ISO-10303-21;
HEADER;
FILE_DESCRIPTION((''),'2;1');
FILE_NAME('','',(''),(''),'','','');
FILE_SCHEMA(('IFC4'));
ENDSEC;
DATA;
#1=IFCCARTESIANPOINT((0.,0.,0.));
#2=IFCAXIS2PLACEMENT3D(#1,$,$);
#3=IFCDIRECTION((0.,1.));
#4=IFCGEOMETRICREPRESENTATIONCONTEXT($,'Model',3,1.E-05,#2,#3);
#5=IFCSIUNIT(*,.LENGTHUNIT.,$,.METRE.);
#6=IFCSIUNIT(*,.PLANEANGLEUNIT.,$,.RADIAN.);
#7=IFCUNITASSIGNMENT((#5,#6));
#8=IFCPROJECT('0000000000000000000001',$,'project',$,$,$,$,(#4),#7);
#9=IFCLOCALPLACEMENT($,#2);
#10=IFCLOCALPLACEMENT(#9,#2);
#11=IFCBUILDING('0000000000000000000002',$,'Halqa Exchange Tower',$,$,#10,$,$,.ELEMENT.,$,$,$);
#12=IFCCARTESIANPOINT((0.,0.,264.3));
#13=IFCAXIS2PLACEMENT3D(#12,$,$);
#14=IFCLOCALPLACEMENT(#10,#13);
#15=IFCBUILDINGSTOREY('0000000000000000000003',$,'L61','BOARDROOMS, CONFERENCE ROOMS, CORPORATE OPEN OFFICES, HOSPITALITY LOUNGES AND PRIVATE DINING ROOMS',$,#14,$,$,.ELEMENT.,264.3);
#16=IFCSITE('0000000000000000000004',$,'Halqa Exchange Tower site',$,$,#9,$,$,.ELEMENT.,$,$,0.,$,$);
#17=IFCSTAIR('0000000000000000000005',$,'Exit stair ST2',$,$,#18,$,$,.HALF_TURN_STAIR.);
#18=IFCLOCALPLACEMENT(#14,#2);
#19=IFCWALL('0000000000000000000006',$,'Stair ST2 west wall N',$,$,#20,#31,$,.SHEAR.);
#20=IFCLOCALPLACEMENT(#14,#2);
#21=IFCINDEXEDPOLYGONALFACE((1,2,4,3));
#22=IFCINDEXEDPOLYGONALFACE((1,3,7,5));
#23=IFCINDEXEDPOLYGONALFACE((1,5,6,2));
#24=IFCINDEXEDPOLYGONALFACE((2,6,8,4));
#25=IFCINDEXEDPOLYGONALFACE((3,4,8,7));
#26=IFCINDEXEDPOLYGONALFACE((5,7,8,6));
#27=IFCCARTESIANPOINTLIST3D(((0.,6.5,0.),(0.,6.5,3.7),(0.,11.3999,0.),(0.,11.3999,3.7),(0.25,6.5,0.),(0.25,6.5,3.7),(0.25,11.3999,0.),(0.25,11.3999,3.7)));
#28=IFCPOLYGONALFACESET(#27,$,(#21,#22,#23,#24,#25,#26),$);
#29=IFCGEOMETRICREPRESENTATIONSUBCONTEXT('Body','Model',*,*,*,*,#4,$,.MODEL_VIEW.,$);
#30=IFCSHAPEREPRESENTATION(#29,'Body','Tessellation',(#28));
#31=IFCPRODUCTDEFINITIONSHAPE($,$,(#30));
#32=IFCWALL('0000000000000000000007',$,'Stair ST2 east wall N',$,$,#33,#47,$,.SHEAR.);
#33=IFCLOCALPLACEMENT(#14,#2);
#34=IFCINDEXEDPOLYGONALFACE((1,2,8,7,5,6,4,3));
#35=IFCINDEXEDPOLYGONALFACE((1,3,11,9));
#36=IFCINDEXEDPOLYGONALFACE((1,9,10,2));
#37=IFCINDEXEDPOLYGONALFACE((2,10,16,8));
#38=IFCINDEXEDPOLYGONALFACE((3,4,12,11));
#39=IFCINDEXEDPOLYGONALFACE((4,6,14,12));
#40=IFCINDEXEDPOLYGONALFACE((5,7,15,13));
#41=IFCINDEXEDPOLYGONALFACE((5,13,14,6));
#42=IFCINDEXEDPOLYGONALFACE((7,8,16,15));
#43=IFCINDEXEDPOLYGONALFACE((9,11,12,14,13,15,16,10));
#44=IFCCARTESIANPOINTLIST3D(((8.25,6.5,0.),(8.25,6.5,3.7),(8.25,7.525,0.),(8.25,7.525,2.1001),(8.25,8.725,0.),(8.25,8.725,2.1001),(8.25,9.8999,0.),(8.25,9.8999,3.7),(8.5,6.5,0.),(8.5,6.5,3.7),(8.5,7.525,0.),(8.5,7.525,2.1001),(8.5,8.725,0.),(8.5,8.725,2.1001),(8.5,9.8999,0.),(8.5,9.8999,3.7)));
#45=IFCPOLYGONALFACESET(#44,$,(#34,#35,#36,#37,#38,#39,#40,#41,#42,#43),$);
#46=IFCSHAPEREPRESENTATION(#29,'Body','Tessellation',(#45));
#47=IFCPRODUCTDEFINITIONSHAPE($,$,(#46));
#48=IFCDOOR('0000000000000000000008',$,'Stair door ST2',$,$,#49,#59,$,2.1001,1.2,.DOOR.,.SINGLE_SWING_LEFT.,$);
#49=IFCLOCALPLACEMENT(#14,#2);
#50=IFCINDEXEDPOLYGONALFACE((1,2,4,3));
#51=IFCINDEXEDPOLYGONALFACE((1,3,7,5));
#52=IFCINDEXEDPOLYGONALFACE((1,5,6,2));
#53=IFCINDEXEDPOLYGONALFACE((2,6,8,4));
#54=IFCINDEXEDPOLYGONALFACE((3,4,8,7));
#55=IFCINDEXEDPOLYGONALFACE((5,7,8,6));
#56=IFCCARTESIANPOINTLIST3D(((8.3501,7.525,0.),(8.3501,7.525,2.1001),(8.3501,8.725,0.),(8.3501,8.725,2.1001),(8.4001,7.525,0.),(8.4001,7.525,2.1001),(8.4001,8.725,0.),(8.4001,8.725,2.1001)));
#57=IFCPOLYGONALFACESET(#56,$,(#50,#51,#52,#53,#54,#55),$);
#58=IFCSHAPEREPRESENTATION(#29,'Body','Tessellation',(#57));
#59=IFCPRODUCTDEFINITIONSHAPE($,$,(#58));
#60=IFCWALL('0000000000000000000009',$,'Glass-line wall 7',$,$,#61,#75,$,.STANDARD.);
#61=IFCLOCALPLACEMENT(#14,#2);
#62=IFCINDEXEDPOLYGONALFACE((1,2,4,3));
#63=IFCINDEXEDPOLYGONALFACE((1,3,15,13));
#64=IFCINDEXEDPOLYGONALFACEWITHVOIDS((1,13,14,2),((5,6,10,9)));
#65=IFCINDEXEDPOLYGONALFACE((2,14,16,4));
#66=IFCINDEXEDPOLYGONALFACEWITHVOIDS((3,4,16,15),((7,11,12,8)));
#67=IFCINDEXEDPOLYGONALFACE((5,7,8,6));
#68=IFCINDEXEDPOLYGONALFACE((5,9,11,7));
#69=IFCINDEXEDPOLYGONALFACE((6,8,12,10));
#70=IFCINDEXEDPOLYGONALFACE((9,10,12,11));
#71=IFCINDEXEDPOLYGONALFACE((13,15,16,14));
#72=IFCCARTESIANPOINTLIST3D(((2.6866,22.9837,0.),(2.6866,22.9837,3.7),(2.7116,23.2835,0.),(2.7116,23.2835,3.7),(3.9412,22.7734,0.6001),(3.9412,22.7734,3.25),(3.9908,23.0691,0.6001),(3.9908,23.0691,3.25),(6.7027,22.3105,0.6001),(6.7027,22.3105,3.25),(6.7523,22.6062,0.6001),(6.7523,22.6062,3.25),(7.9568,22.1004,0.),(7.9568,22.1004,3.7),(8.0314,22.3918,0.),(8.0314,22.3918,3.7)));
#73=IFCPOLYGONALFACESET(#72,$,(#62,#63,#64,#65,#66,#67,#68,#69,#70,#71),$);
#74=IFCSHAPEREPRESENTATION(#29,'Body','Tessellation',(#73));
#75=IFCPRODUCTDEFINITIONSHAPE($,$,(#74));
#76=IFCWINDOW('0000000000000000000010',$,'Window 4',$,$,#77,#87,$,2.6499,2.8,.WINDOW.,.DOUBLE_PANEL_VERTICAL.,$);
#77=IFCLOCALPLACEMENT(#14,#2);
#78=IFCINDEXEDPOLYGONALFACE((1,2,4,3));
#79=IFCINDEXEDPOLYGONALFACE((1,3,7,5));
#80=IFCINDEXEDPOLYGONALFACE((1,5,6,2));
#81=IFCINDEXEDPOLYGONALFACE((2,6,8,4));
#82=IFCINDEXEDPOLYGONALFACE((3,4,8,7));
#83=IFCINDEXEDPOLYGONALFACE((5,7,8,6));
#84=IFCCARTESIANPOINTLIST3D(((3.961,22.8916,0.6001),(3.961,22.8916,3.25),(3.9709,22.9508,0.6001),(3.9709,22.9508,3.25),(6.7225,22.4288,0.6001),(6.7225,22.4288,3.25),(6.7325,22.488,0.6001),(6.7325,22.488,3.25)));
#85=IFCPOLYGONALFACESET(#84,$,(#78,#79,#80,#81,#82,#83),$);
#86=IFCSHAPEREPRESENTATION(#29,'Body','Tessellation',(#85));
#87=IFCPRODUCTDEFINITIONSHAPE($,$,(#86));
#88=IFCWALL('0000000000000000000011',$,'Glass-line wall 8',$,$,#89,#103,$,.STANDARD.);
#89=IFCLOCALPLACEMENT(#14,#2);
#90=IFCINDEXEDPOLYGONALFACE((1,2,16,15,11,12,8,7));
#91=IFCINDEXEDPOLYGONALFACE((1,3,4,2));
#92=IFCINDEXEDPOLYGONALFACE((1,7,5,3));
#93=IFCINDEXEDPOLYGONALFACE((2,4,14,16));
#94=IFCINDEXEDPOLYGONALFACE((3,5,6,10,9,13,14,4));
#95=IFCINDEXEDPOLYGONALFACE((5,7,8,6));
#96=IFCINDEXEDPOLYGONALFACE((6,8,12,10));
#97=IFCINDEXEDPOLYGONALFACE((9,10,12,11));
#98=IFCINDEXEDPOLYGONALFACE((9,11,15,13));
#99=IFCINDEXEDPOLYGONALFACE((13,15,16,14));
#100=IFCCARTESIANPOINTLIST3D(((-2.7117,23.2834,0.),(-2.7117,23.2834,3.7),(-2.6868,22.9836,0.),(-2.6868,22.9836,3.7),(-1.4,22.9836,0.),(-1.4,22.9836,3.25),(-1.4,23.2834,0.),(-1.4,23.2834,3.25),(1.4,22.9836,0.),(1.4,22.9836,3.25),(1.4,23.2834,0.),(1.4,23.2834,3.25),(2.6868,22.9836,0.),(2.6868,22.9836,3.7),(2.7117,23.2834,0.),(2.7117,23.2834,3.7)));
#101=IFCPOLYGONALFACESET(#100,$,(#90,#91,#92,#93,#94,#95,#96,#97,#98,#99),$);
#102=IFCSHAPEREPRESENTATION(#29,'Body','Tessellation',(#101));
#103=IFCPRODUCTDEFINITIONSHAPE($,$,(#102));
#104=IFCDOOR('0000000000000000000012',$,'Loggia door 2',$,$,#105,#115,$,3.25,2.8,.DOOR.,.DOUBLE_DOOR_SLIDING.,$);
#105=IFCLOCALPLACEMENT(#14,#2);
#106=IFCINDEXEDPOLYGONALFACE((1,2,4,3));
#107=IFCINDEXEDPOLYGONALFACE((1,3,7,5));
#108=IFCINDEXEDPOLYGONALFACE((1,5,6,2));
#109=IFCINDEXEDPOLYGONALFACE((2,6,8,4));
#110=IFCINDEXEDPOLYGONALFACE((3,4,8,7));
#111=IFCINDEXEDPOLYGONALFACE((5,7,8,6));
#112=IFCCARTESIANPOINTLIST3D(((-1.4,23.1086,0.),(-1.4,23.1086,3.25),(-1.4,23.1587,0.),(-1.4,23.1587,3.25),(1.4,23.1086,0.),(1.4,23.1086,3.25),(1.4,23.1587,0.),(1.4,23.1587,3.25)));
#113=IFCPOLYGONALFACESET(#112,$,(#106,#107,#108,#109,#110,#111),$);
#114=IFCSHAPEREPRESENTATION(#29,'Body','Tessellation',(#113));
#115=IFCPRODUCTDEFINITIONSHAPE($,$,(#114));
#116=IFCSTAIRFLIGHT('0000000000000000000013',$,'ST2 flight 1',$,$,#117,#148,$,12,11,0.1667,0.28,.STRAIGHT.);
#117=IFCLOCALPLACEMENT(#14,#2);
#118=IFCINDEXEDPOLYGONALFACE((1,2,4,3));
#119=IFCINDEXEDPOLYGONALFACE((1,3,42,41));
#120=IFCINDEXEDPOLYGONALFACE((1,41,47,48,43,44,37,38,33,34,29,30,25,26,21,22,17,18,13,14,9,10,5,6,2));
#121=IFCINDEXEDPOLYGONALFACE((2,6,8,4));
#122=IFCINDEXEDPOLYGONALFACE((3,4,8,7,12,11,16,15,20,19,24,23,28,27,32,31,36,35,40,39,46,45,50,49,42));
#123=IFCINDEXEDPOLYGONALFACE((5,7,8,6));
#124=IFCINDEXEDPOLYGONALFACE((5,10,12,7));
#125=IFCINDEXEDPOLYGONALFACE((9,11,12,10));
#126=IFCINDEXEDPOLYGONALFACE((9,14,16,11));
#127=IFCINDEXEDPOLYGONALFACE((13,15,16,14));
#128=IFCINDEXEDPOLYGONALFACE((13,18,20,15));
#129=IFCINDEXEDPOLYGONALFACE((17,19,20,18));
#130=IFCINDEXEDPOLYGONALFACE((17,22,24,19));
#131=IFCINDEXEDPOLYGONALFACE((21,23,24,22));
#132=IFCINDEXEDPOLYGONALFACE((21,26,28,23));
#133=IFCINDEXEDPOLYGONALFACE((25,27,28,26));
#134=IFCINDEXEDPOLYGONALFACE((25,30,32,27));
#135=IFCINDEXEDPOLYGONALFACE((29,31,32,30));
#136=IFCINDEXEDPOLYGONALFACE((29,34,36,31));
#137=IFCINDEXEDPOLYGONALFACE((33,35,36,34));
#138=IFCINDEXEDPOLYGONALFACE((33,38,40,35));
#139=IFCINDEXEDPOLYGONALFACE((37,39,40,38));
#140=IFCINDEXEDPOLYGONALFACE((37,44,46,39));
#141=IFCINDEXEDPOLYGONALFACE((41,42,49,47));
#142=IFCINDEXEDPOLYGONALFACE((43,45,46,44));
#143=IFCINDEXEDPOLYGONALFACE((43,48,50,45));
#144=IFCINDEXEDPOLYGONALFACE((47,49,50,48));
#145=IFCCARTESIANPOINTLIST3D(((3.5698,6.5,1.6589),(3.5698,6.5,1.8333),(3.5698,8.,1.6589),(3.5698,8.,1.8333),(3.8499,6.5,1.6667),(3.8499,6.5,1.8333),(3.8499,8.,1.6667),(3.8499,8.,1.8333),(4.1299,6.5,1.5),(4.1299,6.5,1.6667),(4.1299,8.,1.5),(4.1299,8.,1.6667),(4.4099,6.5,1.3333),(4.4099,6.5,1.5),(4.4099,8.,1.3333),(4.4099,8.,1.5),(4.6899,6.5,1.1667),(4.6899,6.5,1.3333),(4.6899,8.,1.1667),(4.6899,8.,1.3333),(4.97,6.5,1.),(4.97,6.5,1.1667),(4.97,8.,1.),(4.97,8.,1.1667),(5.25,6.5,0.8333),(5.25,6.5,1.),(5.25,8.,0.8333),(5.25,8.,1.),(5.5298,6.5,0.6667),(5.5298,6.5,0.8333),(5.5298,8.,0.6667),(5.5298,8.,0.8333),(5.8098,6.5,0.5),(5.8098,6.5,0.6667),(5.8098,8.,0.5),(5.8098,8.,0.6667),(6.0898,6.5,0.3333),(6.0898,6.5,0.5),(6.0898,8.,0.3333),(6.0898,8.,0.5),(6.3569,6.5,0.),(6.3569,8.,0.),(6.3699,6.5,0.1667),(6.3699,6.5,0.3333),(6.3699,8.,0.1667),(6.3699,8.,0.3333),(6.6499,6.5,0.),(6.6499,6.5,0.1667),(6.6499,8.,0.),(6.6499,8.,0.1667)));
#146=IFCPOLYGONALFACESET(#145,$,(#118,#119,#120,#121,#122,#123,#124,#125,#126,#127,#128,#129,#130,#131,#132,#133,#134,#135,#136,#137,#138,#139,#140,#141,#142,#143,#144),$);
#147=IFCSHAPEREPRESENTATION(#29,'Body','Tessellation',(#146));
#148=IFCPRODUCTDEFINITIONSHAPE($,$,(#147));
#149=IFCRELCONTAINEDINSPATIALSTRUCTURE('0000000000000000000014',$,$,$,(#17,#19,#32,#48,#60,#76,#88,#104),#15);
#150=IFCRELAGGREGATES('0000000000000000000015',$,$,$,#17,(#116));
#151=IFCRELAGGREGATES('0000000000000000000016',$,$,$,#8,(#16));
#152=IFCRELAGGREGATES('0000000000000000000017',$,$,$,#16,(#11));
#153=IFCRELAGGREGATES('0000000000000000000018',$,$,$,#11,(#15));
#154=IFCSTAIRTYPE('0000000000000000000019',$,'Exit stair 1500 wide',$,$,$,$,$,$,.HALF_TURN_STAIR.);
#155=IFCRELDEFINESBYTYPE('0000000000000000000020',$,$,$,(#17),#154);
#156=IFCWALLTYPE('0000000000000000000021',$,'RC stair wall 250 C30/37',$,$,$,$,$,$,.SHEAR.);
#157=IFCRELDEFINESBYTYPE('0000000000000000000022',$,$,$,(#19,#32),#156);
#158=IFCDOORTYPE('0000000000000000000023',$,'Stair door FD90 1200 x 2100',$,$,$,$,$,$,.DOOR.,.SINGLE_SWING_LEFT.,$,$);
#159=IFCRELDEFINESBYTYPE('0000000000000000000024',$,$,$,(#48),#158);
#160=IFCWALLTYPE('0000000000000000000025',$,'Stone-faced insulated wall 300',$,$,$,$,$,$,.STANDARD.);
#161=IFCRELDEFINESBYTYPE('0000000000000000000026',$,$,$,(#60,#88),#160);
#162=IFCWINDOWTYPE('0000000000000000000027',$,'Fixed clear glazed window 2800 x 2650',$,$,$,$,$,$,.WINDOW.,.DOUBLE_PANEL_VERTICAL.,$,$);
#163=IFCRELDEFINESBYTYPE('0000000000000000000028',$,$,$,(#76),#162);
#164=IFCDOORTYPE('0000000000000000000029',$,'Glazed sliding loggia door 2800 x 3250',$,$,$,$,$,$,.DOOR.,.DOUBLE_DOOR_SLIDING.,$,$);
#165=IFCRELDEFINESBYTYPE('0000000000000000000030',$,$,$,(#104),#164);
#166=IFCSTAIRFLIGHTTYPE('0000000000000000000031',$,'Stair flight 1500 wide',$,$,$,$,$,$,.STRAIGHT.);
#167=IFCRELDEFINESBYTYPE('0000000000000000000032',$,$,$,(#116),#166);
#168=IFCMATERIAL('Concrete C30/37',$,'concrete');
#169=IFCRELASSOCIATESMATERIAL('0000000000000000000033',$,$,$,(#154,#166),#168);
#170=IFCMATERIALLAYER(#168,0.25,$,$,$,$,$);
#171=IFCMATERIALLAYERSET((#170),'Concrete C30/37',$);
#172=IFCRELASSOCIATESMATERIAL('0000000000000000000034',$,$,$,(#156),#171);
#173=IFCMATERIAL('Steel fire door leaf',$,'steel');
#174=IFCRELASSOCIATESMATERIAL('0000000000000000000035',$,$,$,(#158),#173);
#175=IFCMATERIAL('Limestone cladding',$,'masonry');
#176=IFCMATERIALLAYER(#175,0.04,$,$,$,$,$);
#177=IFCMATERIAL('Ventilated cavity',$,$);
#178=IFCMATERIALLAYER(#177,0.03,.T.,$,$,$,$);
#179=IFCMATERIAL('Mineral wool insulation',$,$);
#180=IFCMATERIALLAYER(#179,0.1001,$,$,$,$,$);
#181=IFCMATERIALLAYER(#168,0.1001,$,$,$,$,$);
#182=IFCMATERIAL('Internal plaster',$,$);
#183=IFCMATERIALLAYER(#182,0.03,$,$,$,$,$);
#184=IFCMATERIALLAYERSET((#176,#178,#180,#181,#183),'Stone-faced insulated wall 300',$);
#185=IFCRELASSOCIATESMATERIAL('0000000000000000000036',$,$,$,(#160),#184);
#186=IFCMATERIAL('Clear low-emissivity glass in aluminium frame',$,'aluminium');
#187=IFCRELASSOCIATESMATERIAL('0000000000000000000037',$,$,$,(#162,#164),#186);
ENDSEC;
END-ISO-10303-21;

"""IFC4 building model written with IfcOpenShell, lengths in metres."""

from ifc_helpers import new_model, si_unit, direction, frame, frame_2d, origin, place, context, subcontext, project, spatial, polyline, rectangle, outline, extrude, material, layer, layer_set, type_object, element, fill, aggregate, save


model = new_model("IFC4")

# Units and contexts
model_context = context("Model", 3, precision=1e-05, world=origin(), true_north=direction((0.0, 1.0)))
body_context = subcontext(model_context, "Body", "Model", "MODEL_VIEW")
ifc_project = project(units=[si_unit("LENGTHUNIT", "METRE"), si_unit("PLANEANGLEUNIT", "RADIAN")], contexts=[model_context])

# Site, building, storey
site_placement = place(None, origin())
site = spatial("IfcSite", under=ifc_project, at=site_placement, Name="Halqa Exchange Tower site", CompositionType="ELEMENT", RefElevation=0.0)
building_placement = place(site_placement, origin())
building = spatial("IfcBuilding", under=site, at=building_placement, Name="Halqa Exchange Tower", CompositionType="ELEMENT")
storey_placement = place(building_placement, frame((0.0, 0.0, 264.3)))
storey = spatial("IfcBuildingStorey", under=building, at=storey_placement, Name="L61", Description="BOARDROOMS, CONFERENCE ROOMS, CORPORATE OPEN OFFICES, HOSPITALITY LOUNGES AND PRIVATE DINING ROOMS", CompositionType="ELEMENT", Elevation=264.3)

# Stair
ifc_material_1 = material(Name="Concrete C30/37", Category="concrete")
stair_type = type_object("IfcStairType", Name="Exit stair 1500 wide", PredefinedType="HALF_TURN_STAIR", material=ifc_material_1)
stair_1_placement = place(storey_placement, origin())
stair_1 = element("IfcStair", 1, at=stair_1_placement, inside=storey, type_object=stair_type, Name="Exit stair ST2", PredefinedType="HALF_TURN_STAIR")

# Wall
ifc_layer_1 = layer(ifc_material_1, 0.25)
ifc_layer_set_1 = layer_set([ifc_layer_1], Name="Concrete C30/37")
wall_type_1 = type_object("IfcWallType", Name="RC stair wall 250 C30/37", PredefinedType="SHEAR", material=ifc_layer_set_1)
wall_1_placement = place(storey_placement, frame((0.125, 6.5, 0.0), z_axis=(0.0, 0.0, 1.0), x_axis=(0.0, 1.0, 0.0)))
element("IfcWall", 2, at=wall_1_placement, inside=storey, type_object=wall_type_1, Name="Stair ST2 west wall N", PredefinedType="SHEAR", context=body_context, shape_type="SweptSolid", body=[
    extrude(rectangle(XDim=4.8999, YDim=0.25, at=frame_2d((2.45, 0.0))), origin(), (0.0, 0.0, 1.0), 3.7),
])

# Wall, opening, door
wall_2_placement = place(storey_placement, frame((8.375, 6.5, 0.0), z_axis=(0.0, 0.0, 1.0), x_axis=(0.0, 1.0, 0.0)))
wall_2 = element("IfcWall", 3, at=wall_2_placement, inside=storey, type_object=wall_type_1, Name="Stair ST2 east wall N", PredefinedType="SHEAR", context=body_context, shape_type="SweptSolid", body=[
    extrude(rectangle(XDim=3.3999, YDim=0.25, at=frame_2d((1.7, 0.0))), origin(), (0.0, 0.0, 1.0), 3.7),
])
opening_1_placement = place(wall_2_placement, frame((1.0249, 0.0, 0.0)))
opening_1 = element("IfcOpeningElement", 4, at=opening_1_placement, cuts=wall_2, PredefinedType="OPENING", context=body_context, shape_type="SweptSolid", body=[
    extrude(rectangle(XDim=1.2, YDim=2.1001, at=frame_2d((0.6001, 1.05))), frame((0.0, 0.137, 0.0), z_axis=(0.0, -1.0, 0.0), x_axis=(1.0, 0.0, 0.0)), (0.0, 0.0, 1.0), 0.2739),
])
ifc_material_2 = material(Name="Steel fire door leaf", Category="steel")
door_type_1 = type_object("IfcDoorType", Name="Stair door FD90 1200 x 2100", OperationType="SINGLE_SWING_LEFT", PredefinedType="DOOR", material=ifc_material_2)
door_1_placement = place(opening_1_placement, origin())
door_1 = element("IfcDoor", 5, at=door_1_placement, inside=storey, type_object=door_type_1, Name="Stair door ST2", OperationType="SINGLE_SWING_LEFT", OverallHeight=2.1001, OverallWidth=1.2, PredefinedType="DOOR", context=body_context, shape_type="SweptSolid", body=[
    extrude(rectangle(XDim=1.2, YDim=2.1001, at=frame_2d((0.6001, 1.05))), frame((0.0, 0.0249, 0.0), z_axis=(0.0, -1.0, 0.0), x_axis=(1.0, 0.0, 0.0)), (0.0, 0.0, 1.0), 0.05),
])
fill(opening_1, door_1)

# Wall, opening, window
ifc_material_3 = material(Name="Limestone cladding", Category="masonry")
ifc_layer_2 = layer(ifc_material_3, 0.04)
ifc_material_4 = material(Name="Ventilated cavity")
ifc_layer_3 = layer(ifc_material_4, 0.03, ventilated=True)
ifc_material_5 = material(Name="Mineral wool insulation")
ifc_layer_4 = layer(ifc_material_5, 0.1001)
ifc_layer_5 = layer(ifc_material_1, 0.1001)
ifc_material_6 = material(Name="Internal plaster")
ifc_layer_6 = layer(ifc_material_6, 0.03)
ifc_layer_set_2 = layer_set([ifc_layer_2, ifc_layer_3, ifc_layer_4, ifc_layer_5, ifc_layer_6], Name="Stone-faced insulated wall 300")
wall_type_2 = type_object("IfcWallType", Name="Stone-faced insulated wall 300", PredefinedType="STANDARD", material=ifc_layer_set_2)
wall_3_placement = place(storey_placement, frame((7.9941, 22.2461, 0.0), z_axis=(0.0, 0.0, 1.0), x_axis=(-0.986244, 0.165299, 0.0)))
wall_3 = element("IfcWall", 6, at=wall_3_placement, inside=storey, type_object=wall_type_2, Name="Glass-line wall 7", PredefinedType="STANDARD", context=body_context, shape_type="SweptSolid", body=[
    extrude(outline(polyline([(-0.0127, -0.1499), (5.3813, -0.1499), (5.3564, 0.1499), (0.0127, 0.1499), (-0.0127, -0.1499)])), origin(), (0.0, 0.0, 1.0), 3.7),
])
opening_2_placement = place(wall_3_placement, frame((1.2844, 0.0, 0.6001)))
opening_2 = element("IfcOpeningElement", 7, at=opening_2_placement, cuts=wall_3, PredefinedType="OPENING", context=body_context, shape_type="SweptSolid", body=[
    extrude(rectangle(XDim=2.8, YDim=2.6499, at=frame_2d((1.3999, 1.325))), frame((0.0, 0.1621, 0.0), z_axis=(0.0, -1.0, 0.0), x_axis=(1.0, 0.0, 0.0)), (0.0, 0.0, 1.0), 0.324),
])
ifc_material_7 = material(Name="Clear low-emissivity glass in aluminium frame", Category="aluminium")
window_type = type_object("IfcWindowType", Name="Fixed clear glazed window 2800 x 2650", PartitioningType="DOUBLE_PANEL_VERTICAL", PredefinedType="WINDOW", material=ifc_material_7)
window_placement = place(opening_2_placement, origin())
window = element("IfcWindow", 8, at=window_placement, inside=storey, type_object=window_type, Name="Window 4", OverallHeight=2.6499, OverallWidth=2.8, PartitioningType="DOUBLE_PANEL_VERTICAL", PredefinedType="WINDOW", context=body_context, shape_type="SweptSolid", body=[
    extrude(rectangle(XDim=2.8, YDim=2.6499, at=frame_2d((1.3999, 1.325))), frame((0.0, 0.03, 0.0), z_axis=(0.0, -1.0, 0.0), x_axis=(1.0, 0.0, 0.0)), (0.0, 0.0, 1.0), 0.0601),
])
fill(opening_2, window)

# Wall, opening, door
wall_4_placement = place(storey_placement, frame((2.6992, 23.1335, 0.0), z_axis=(0.0, 0.0, 1.0), x_axis=(-1.0, 0.0, 0.0)))
wall_4 = element("IfcWall", 9, at=wall_4_placement, inside=storey, type_object=wall_type_2, Name="Glass-line wall 8", PredefinedType="STANDARD", context=body_context, shape_type="SweptSolid", body=[
    extrude(outline(polyline([(-0.0125, -0.1499), (5.4109, -0.1499), (5.386, 0.1499), (0.0125, 0.1499), (-0.0125, -0.1499)])), origin(), (0.0, 0.0, 1.0), 3.7),
])
opening_3_placement = place(wall_4_placement, frame((1.2993, 0.0, 0.0)))
opening_3 = element("IfcOpeningElement", 10, at=opening_3_placement, cuts=wall_4, PredefinedType="OPENING", context=body_context, shape_type="SweptSolid", body=[
    extrude(rectangle(XDim=2.8, YDim=3.25, at=frame_2d((1.3999, 1.625))), frame((0.0, 0.1621, 0.0), z_axis=(0.0, -1.0, 0.0), x_axis=(1.0, 0.0, 0.0)), (0.0, 0.0, 1.0), 0.324),
])
door_type_2 = type_object("IfcDoorType", Name="Glazed sliding loggia door 2800 x 3250", OperationType="DOUBLE_DOOR_SLIDING", PredefinedType="DOOR", material=ifc_material_7)
door_2_placement = place(opening_3_placement, origin())
door_2 = element("IfcDoor", 11, at=door_2_placement, inside=storey, type_object=door_type_2, Name="Loggia door 2", OperationType="DOUBLE_DOOR_SLIDING", OverallHeight=3.25, OverallWidth=2.8, PredefinedType="DOOR", context=body_context, shape_type="SweptSolid", body=[
    extrude(rectangle(XDim=2.8, YDim=3.25, at=frame_2d((1.3999, 1.625))), frame((0.0, 0.0249, 0.0), z_axis=(0.0, -1.0, 0.0), x_axis=(1.0, 0.0, 0.0)), (0.0, 0.0, 1.0), 0.05),
])
fill(opening_3, door_2)

# Stair flight
stair_flight_type = type_object("IfcStairFlightType", Name="Stair flight 1500 wide", PredefinedType="STRAIGHT", material=ifc_material_1)
stair_flight_1_placement = place(storey_placement, frame((6.6499, 7.25, 0.0), z_axis=(0.0, 0.0, 1.0), x_axis=(-1.0, 0.0, 0.0)))
stair_flight_1 = element("IfcStairFlight", 12, at=stair_flight_1_placement, type_object=stair_flight_type, Name="ST2 flight 1", NumberOfRisers=12, NumberOfTreads=11, PredefinedType="STRAIGHT", RiserHeight=0.1667, TreadLength=0.28, context=body_context, shape_type="SweptSolid", body=[
    extrude(outline(polyline([(0.0, 0.0), (0.0, 0.1667), (0.28, 0.1667), (0.28, 0.3333), (0.5601, 0.3333), (0.5601, 0.5), (0.8401, 0.5), (0.8401, 0.6667), (1.1201, 0.6667), (1.1201, 0.8333), (1.3999, 0.8333), (1.3999, 1.0), (1.6799, 1.0), (1.6799, 1.1667), (1.96, 1.1667), (1.96, 1.3333), (2.24, 1.3333), (2.24, 1.5), (2.52, 1.5), (2.52, 1.6667), (2.8, 1.6667), (2.8, 1.8333), (3.0801, 1.8333), (3.0801, 2.0), (3.0801, 1.6589), (0.293, 0.0), (0.0, 0.0)])), frame((0.0, 0.75, 0.0), z_axis=(0.0, -1.0, 0.0), x_axis=(1.0, 0.0, 0.0)), (0.0, 0.0, 1.0), 1.5),
])
aggregate(stair_1, [stair_flight_1])

save(model, "model.ifc")
